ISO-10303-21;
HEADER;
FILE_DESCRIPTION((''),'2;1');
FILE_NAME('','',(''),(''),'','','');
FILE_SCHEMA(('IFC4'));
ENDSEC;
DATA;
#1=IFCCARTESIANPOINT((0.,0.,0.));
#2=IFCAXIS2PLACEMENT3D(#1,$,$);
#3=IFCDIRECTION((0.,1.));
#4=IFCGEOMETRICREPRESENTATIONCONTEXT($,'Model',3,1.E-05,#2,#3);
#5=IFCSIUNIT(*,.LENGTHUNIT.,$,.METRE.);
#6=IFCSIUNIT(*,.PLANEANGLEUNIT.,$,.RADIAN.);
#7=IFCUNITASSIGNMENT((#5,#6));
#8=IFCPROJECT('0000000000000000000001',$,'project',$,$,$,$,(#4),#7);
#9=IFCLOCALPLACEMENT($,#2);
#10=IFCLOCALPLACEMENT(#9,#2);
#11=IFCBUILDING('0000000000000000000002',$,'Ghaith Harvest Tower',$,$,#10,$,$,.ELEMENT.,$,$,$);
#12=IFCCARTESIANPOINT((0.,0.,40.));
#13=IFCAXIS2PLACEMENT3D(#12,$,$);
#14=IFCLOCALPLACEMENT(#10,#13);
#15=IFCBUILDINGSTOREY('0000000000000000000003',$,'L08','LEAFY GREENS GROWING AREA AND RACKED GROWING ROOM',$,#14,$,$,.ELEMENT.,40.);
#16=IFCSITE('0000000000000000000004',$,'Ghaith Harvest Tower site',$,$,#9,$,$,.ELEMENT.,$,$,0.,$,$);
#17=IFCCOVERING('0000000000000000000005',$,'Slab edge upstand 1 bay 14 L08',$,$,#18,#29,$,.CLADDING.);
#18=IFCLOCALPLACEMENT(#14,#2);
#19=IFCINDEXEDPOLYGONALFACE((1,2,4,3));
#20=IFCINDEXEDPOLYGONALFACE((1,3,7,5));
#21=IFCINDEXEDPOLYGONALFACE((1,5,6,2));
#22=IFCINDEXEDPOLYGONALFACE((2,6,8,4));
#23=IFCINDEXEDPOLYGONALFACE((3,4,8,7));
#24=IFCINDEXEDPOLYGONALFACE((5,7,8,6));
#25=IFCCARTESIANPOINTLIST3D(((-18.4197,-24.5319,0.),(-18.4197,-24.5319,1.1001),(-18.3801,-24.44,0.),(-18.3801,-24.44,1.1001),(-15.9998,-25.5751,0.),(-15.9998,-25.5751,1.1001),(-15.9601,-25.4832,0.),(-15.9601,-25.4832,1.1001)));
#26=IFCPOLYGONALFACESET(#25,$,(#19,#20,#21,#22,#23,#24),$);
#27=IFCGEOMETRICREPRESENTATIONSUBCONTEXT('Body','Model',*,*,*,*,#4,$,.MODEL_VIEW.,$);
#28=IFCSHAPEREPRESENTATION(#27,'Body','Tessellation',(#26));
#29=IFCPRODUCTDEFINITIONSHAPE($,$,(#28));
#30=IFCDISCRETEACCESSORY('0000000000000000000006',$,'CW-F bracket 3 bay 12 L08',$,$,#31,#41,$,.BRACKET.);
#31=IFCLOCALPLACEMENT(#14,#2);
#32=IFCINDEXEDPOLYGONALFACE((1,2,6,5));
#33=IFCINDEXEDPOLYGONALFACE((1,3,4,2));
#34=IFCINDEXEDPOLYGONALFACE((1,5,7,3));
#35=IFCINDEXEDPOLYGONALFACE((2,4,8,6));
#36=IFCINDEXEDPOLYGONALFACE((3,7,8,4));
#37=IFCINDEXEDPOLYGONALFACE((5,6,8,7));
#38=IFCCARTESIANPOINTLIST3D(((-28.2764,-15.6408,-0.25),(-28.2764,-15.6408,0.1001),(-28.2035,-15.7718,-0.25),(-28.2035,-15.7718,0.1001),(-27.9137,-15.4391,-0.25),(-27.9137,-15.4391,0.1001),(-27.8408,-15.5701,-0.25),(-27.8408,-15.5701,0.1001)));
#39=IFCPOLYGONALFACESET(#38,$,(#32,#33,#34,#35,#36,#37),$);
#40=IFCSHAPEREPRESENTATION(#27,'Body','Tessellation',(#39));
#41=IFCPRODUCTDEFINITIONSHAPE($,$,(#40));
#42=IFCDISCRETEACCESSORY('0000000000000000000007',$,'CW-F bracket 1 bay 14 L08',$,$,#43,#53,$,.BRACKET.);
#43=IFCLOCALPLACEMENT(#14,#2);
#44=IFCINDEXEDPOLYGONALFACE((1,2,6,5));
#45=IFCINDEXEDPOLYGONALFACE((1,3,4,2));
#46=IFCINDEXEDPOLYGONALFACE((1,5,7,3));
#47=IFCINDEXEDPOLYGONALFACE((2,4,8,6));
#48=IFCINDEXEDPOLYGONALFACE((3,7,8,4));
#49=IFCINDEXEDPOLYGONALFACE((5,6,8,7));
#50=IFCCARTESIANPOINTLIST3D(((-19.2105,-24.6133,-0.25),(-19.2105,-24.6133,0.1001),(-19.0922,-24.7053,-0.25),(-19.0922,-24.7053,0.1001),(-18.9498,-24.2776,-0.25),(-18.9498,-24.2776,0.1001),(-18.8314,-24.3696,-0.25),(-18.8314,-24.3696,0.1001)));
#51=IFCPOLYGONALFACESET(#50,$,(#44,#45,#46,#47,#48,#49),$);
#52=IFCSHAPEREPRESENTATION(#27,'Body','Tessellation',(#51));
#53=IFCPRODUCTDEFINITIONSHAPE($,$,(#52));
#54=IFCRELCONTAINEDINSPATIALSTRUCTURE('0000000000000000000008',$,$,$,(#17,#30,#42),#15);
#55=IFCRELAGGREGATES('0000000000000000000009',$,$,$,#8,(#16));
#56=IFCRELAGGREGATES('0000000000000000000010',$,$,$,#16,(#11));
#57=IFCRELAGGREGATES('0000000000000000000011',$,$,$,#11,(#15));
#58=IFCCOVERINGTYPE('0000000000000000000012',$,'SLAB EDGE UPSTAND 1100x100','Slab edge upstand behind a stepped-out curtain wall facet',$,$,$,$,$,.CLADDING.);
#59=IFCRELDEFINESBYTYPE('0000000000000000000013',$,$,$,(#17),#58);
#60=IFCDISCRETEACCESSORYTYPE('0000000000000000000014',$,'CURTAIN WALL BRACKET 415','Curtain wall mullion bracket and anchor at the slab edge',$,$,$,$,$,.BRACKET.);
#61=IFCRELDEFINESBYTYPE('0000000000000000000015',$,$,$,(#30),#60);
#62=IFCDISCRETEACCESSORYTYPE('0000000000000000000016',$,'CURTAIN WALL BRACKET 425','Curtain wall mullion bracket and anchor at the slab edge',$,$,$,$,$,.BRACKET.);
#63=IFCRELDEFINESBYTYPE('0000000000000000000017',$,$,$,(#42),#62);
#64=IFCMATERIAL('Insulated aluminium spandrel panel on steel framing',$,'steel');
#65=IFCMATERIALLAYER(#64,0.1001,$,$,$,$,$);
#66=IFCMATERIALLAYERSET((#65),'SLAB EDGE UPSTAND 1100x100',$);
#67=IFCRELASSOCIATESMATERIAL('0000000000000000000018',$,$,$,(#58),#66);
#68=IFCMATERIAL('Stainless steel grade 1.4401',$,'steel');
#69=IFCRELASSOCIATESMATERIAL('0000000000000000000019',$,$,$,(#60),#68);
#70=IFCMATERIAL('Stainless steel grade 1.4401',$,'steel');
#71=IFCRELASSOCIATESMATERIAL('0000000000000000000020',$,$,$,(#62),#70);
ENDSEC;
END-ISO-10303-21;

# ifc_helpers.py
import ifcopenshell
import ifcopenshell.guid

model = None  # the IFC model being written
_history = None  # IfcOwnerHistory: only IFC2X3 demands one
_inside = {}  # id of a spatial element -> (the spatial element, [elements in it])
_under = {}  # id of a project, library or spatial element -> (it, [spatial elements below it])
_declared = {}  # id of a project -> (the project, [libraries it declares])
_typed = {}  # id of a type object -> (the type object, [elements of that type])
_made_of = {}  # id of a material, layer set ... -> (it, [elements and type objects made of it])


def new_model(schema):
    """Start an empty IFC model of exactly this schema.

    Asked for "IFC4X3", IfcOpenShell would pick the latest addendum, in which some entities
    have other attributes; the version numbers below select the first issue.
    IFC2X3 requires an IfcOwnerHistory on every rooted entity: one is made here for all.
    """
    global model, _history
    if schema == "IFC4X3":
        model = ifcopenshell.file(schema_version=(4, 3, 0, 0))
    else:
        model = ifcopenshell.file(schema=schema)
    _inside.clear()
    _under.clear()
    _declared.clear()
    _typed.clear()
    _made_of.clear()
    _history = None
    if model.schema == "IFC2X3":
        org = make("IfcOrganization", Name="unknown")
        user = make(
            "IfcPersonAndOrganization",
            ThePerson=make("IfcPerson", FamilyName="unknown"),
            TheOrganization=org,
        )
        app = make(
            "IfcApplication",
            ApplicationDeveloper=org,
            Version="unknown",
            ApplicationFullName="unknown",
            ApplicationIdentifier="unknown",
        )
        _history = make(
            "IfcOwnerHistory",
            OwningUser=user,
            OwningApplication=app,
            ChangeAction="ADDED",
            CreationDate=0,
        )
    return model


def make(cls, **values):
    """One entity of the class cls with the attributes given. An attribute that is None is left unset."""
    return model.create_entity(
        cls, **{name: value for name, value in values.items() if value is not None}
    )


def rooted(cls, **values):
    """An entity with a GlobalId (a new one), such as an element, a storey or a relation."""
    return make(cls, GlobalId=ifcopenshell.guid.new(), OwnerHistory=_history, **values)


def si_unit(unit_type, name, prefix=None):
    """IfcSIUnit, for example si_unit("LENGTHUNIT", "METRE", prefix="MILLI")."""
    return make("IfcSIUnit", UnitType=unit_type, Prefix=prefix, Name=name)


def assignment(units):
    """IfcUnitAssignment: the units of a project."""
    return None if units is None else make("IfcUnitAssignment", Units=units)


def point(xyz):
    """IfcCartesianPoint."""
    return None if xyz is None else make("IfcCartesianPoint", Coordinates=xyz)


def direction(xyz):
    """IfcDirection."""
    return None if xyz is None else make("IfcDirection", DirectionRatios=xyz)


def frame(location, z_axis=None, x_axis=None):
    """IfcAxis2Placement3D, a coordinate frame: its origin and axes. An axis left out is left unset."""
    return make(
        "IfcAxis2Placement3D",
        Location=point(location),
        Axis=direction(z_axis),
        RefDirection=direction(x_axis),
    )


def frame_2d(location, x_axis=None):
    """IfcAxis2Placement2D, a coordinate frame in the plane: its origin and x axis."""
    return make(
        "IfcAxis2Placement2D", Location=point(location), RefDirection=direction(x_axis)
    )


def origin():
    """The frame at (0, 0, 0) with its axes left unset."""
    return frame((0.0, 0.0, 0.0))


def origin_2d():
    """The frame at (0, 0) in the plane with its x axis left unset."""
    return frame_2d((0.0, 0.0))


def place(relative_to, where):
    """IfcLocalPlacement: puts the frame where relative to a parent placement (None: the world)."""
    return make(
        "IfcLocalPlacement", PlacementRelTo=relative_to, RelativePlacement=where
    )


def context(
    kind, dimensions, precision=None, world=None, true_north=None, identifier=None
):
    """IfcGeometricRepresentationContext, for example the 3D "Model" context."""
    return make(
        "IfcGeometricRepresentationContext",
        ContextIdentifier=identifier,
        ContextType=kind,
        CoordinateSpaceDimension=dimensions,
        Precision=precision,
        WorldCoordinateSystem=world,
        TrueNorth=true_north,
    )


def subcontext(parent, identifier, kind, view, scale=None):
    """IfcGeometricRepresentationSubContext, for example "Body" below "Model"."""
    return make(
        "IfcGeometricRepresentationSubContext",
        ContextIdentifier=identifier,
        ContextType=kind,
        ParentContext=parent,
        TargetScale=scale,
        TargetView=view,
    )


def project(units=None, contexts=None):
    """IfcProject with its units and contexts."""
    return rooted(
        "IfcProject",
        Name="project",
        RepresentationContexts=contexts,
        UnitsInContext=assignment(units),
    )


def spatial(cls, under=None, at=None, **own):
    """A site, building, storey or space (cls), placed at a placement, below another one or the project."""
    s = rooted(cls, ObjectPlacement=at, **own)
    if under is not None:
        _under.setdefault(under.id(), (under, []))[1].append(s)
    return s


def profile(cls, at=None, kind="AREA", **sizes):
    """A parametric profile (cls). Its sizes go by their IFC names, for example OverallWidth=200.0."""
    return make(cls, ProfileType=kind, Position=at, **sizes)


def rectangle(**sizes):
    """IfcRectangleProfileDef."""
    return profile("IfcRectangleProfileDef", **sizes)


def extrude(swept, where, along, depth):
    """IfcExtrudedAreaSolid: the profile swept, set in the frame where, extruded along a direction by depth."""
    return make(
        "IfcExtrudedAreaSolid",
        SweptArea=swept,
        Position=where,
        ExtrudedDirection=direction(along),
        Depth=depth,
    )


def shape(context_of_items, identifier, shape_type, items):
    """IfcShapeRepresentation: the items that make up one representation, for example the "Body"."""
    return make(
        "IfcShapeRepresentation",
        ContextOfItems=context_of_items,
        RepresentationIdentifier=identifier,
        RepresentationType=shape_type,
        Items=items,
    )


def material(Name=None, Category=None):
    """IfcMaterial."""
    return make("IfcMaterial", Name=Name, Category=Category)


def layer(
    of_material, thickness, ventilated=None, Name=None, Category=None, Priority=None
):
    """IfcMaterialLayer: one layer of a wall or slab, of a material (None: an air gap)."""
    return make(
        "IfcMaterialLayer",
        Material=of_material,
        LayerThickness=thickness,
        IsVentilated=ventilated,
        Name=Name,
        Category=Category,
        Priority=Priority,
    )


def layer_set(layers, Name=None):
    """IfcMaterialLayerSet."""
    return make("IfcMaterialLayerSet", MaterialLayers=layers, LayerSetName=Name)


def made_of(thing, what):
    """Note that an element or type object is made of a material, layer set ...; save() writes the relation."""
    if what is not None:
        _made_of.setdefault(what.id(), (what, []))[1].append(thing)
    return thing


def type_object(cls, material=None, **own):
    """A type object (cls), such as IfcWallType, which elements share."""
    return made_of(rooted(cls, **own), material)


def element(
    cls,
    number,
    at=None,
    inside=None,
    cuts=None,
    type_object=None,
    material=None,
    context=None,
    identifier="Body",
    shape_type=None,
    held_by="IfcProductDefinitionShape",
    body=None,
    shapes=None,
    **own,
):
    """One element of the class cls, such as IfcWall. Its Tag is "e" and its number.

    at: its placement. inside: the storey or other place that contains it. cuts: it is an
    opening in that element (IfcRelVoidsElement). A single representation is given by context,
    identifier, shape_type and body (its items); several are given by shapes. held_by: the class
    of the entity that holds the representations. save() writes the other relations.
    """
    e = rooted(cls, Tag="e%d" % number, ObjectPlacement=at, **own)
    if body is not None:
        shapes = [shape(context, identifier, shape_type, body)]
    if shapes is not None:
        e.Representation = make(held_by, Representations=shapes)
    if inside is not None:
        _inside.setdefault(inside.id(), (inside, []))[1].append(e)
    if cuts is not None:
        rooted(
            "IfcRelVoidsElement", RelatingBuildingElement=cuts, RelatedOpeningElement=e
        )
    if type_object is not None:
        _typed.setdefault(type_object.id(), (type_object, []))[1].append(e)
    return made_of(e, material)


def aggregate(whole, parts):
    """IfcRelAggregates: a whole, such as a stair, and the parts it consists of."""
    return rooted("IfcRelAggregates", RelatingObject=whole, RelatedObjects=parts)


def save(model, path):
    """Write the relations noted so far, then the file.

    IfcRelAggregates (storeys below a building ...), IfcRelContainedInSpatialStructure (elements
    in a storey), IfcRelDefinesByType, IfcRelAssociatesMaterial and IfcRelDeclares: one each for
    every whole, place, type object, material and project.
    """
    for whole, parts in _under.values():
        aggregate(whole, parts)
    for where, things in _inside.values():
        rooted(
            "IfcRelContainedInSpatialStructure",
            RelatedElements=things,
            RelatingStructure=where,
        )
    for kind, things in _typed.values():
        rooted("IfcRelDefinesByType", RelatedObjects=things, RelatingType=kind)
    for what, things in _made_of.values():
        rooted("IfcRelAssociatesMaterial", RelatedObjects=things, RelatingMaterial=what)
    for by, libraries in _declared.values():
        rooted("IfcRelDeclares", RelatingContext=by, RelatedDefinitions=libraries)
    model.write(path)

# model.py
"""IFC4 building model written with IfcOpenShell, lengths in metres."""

from ifc_helpers import new_model, si_unit, direction, frame, origin, origin_2d, place, context, subcontext, project, spatial, rectangle, extrude, material, layer, layer_set, type_object, element, save


model = new_model("IFC4")

# Units and contexts
model_context = context("Model", 3, precision=1e-05, world=origin(), true_north=direction((0.0, 1.0)))
body_context = subcontext(model_context, "Body", "Model", "MODEL_VIEW")
ifc_project = project(units=[si_unit("LENGTHUNIT", "METRE"), si_unit("PLANEANGLEUNIT", "RADIAN")], contexts=[model_context])

# Site, building, storey
site_placement = place(None, origin())
site = spatial("IfcSite", under=ifc_project, at=site_placement, Name="Ghaith Harvest Tower site", CompositionType="ELEMENT", RefElevation=0.0)
building_placement = place(site_placement, origin())
building = spatial("IfcBuilding", under=site, at=building_placement, Name="Ghaith Harvest Tower", CompositionType="ELEMENT")
storey_placement = place(building_placement, frame((0.0, 0.0, 40.0)))
storey = spatial("IfcBuildingStorey", under=building, at=storey_placement, Name="L08", Description="LEAFY GREENS GROWING AREA AND RACKED GROWING ROOM", CompositionType="ELEMENT", Elevation=40.0)

# Covering
ifc_material_1 = material(Name="Insulated aluminium spandrel panel on steel framing", Category="steel")
ifc_layer_1 = layer(ifc_material_1, 0.1001)
ifc_layer_set_1 = layer_set([ifc_layer_1], Name="SLAB EDGE UPSTAND 1100x100")
covering_type = type_object("IfcCoveringType", Name="SLAB EDGE UPSTAND 1100x100", Description="Slab edge upstand behind a stepped-out curtain wall facet", PredefinedType="CLADDING", material=ifc_layer_set_1)
covering_1_placement = place(storey_placement, frame((-17.1899, -25.0076, 0.0), z_axis=(0.0, 0.0, 1.0), x_axis=(0.918307, -0.395869, 0.0)))
element("IfcCovering", 1, at=covering_1_placement, inside=storey, type_object=covering_type, Name="Slab edge upstand 1 bay 14 L08", PredefinedType="CLADDING", context=body_context, shape_type="SweptSolid", body=[
    extrude(rectangle(XDim=2.6353, YDim=0.1001, at=origin_2d()), origin(), (0.0, 0.0, 1.0), 1.1001),
])

# Discrete accessories
ifc_material_2 = material(Name="Stainless steel grade 1.4401", Category="steel")
discrete_accessory_type_1 = type_object("IfcDiscreteAccessoryType", Name="CURTAIN WALL BRACKET 415", Description="Curtain wall mullion bracket and anchor at the slab edge", PredefinedType="BRACKET", material=ifc_material_2)
discrete_accessory_1_placement = place(storey_placement, frame((-28.0586, -15.6055, -0.25), z_axis=(0.0, 0.0, 1.0), x_axis=(-0.873927, -0.486057, 0.0)))
element("IfcDiscreteAccessory", 2, at=discrete_accessory_1_placement, inside=storey, type_object=discrete_accessory_type_1, Name="CW-F bracket 3 bay 12 L08", PredefinedType="BRACKET", context=body_context, shape_type="SweptSolid", body=[
    extrude(rectangle(XDim=0.415, YDim=0.1499, at=origin_2d()), origin(), (0.0, 0.0, 1.0), 0.3501),
])
ifc_material_3 = material(Name="Stainless steel grade 1.4401", Category="steel")
discrete_accessory_type_2 = type_object("IfcDiscreteAccessoryType", Name="CURTAIN WALL BRACKET 425", Description="Curtain wall mullion bracket and anchor at the slab edge", PredefinedType="BRACKET", material=ifc_material_3)
discrete_accessory_2_placement = place(storey_placement, frame((-19.021, -24.4915, -0.25), z_axis=(0.0, 0.0, 1.0), x_axis=(-0.613378, -0.78979, 0.0)))
element("IfcDiscreteAccessory", 3, at=discrete_accessory_2_placement, inside=storey, type_object=discrete_accessory_type_2, Name="CW-F bracket 1 bay 14 L08", PredefinedType="BRACKET", context=body_context, shape_type="SweptSolid", body=[
    extrude(rectangle(XDim=0.425, YDim=0.1499, at=origin_2d()), origin(), (0.0, 0.0, 1.0), 0.3501),
])

save(model, "model.ifc")
